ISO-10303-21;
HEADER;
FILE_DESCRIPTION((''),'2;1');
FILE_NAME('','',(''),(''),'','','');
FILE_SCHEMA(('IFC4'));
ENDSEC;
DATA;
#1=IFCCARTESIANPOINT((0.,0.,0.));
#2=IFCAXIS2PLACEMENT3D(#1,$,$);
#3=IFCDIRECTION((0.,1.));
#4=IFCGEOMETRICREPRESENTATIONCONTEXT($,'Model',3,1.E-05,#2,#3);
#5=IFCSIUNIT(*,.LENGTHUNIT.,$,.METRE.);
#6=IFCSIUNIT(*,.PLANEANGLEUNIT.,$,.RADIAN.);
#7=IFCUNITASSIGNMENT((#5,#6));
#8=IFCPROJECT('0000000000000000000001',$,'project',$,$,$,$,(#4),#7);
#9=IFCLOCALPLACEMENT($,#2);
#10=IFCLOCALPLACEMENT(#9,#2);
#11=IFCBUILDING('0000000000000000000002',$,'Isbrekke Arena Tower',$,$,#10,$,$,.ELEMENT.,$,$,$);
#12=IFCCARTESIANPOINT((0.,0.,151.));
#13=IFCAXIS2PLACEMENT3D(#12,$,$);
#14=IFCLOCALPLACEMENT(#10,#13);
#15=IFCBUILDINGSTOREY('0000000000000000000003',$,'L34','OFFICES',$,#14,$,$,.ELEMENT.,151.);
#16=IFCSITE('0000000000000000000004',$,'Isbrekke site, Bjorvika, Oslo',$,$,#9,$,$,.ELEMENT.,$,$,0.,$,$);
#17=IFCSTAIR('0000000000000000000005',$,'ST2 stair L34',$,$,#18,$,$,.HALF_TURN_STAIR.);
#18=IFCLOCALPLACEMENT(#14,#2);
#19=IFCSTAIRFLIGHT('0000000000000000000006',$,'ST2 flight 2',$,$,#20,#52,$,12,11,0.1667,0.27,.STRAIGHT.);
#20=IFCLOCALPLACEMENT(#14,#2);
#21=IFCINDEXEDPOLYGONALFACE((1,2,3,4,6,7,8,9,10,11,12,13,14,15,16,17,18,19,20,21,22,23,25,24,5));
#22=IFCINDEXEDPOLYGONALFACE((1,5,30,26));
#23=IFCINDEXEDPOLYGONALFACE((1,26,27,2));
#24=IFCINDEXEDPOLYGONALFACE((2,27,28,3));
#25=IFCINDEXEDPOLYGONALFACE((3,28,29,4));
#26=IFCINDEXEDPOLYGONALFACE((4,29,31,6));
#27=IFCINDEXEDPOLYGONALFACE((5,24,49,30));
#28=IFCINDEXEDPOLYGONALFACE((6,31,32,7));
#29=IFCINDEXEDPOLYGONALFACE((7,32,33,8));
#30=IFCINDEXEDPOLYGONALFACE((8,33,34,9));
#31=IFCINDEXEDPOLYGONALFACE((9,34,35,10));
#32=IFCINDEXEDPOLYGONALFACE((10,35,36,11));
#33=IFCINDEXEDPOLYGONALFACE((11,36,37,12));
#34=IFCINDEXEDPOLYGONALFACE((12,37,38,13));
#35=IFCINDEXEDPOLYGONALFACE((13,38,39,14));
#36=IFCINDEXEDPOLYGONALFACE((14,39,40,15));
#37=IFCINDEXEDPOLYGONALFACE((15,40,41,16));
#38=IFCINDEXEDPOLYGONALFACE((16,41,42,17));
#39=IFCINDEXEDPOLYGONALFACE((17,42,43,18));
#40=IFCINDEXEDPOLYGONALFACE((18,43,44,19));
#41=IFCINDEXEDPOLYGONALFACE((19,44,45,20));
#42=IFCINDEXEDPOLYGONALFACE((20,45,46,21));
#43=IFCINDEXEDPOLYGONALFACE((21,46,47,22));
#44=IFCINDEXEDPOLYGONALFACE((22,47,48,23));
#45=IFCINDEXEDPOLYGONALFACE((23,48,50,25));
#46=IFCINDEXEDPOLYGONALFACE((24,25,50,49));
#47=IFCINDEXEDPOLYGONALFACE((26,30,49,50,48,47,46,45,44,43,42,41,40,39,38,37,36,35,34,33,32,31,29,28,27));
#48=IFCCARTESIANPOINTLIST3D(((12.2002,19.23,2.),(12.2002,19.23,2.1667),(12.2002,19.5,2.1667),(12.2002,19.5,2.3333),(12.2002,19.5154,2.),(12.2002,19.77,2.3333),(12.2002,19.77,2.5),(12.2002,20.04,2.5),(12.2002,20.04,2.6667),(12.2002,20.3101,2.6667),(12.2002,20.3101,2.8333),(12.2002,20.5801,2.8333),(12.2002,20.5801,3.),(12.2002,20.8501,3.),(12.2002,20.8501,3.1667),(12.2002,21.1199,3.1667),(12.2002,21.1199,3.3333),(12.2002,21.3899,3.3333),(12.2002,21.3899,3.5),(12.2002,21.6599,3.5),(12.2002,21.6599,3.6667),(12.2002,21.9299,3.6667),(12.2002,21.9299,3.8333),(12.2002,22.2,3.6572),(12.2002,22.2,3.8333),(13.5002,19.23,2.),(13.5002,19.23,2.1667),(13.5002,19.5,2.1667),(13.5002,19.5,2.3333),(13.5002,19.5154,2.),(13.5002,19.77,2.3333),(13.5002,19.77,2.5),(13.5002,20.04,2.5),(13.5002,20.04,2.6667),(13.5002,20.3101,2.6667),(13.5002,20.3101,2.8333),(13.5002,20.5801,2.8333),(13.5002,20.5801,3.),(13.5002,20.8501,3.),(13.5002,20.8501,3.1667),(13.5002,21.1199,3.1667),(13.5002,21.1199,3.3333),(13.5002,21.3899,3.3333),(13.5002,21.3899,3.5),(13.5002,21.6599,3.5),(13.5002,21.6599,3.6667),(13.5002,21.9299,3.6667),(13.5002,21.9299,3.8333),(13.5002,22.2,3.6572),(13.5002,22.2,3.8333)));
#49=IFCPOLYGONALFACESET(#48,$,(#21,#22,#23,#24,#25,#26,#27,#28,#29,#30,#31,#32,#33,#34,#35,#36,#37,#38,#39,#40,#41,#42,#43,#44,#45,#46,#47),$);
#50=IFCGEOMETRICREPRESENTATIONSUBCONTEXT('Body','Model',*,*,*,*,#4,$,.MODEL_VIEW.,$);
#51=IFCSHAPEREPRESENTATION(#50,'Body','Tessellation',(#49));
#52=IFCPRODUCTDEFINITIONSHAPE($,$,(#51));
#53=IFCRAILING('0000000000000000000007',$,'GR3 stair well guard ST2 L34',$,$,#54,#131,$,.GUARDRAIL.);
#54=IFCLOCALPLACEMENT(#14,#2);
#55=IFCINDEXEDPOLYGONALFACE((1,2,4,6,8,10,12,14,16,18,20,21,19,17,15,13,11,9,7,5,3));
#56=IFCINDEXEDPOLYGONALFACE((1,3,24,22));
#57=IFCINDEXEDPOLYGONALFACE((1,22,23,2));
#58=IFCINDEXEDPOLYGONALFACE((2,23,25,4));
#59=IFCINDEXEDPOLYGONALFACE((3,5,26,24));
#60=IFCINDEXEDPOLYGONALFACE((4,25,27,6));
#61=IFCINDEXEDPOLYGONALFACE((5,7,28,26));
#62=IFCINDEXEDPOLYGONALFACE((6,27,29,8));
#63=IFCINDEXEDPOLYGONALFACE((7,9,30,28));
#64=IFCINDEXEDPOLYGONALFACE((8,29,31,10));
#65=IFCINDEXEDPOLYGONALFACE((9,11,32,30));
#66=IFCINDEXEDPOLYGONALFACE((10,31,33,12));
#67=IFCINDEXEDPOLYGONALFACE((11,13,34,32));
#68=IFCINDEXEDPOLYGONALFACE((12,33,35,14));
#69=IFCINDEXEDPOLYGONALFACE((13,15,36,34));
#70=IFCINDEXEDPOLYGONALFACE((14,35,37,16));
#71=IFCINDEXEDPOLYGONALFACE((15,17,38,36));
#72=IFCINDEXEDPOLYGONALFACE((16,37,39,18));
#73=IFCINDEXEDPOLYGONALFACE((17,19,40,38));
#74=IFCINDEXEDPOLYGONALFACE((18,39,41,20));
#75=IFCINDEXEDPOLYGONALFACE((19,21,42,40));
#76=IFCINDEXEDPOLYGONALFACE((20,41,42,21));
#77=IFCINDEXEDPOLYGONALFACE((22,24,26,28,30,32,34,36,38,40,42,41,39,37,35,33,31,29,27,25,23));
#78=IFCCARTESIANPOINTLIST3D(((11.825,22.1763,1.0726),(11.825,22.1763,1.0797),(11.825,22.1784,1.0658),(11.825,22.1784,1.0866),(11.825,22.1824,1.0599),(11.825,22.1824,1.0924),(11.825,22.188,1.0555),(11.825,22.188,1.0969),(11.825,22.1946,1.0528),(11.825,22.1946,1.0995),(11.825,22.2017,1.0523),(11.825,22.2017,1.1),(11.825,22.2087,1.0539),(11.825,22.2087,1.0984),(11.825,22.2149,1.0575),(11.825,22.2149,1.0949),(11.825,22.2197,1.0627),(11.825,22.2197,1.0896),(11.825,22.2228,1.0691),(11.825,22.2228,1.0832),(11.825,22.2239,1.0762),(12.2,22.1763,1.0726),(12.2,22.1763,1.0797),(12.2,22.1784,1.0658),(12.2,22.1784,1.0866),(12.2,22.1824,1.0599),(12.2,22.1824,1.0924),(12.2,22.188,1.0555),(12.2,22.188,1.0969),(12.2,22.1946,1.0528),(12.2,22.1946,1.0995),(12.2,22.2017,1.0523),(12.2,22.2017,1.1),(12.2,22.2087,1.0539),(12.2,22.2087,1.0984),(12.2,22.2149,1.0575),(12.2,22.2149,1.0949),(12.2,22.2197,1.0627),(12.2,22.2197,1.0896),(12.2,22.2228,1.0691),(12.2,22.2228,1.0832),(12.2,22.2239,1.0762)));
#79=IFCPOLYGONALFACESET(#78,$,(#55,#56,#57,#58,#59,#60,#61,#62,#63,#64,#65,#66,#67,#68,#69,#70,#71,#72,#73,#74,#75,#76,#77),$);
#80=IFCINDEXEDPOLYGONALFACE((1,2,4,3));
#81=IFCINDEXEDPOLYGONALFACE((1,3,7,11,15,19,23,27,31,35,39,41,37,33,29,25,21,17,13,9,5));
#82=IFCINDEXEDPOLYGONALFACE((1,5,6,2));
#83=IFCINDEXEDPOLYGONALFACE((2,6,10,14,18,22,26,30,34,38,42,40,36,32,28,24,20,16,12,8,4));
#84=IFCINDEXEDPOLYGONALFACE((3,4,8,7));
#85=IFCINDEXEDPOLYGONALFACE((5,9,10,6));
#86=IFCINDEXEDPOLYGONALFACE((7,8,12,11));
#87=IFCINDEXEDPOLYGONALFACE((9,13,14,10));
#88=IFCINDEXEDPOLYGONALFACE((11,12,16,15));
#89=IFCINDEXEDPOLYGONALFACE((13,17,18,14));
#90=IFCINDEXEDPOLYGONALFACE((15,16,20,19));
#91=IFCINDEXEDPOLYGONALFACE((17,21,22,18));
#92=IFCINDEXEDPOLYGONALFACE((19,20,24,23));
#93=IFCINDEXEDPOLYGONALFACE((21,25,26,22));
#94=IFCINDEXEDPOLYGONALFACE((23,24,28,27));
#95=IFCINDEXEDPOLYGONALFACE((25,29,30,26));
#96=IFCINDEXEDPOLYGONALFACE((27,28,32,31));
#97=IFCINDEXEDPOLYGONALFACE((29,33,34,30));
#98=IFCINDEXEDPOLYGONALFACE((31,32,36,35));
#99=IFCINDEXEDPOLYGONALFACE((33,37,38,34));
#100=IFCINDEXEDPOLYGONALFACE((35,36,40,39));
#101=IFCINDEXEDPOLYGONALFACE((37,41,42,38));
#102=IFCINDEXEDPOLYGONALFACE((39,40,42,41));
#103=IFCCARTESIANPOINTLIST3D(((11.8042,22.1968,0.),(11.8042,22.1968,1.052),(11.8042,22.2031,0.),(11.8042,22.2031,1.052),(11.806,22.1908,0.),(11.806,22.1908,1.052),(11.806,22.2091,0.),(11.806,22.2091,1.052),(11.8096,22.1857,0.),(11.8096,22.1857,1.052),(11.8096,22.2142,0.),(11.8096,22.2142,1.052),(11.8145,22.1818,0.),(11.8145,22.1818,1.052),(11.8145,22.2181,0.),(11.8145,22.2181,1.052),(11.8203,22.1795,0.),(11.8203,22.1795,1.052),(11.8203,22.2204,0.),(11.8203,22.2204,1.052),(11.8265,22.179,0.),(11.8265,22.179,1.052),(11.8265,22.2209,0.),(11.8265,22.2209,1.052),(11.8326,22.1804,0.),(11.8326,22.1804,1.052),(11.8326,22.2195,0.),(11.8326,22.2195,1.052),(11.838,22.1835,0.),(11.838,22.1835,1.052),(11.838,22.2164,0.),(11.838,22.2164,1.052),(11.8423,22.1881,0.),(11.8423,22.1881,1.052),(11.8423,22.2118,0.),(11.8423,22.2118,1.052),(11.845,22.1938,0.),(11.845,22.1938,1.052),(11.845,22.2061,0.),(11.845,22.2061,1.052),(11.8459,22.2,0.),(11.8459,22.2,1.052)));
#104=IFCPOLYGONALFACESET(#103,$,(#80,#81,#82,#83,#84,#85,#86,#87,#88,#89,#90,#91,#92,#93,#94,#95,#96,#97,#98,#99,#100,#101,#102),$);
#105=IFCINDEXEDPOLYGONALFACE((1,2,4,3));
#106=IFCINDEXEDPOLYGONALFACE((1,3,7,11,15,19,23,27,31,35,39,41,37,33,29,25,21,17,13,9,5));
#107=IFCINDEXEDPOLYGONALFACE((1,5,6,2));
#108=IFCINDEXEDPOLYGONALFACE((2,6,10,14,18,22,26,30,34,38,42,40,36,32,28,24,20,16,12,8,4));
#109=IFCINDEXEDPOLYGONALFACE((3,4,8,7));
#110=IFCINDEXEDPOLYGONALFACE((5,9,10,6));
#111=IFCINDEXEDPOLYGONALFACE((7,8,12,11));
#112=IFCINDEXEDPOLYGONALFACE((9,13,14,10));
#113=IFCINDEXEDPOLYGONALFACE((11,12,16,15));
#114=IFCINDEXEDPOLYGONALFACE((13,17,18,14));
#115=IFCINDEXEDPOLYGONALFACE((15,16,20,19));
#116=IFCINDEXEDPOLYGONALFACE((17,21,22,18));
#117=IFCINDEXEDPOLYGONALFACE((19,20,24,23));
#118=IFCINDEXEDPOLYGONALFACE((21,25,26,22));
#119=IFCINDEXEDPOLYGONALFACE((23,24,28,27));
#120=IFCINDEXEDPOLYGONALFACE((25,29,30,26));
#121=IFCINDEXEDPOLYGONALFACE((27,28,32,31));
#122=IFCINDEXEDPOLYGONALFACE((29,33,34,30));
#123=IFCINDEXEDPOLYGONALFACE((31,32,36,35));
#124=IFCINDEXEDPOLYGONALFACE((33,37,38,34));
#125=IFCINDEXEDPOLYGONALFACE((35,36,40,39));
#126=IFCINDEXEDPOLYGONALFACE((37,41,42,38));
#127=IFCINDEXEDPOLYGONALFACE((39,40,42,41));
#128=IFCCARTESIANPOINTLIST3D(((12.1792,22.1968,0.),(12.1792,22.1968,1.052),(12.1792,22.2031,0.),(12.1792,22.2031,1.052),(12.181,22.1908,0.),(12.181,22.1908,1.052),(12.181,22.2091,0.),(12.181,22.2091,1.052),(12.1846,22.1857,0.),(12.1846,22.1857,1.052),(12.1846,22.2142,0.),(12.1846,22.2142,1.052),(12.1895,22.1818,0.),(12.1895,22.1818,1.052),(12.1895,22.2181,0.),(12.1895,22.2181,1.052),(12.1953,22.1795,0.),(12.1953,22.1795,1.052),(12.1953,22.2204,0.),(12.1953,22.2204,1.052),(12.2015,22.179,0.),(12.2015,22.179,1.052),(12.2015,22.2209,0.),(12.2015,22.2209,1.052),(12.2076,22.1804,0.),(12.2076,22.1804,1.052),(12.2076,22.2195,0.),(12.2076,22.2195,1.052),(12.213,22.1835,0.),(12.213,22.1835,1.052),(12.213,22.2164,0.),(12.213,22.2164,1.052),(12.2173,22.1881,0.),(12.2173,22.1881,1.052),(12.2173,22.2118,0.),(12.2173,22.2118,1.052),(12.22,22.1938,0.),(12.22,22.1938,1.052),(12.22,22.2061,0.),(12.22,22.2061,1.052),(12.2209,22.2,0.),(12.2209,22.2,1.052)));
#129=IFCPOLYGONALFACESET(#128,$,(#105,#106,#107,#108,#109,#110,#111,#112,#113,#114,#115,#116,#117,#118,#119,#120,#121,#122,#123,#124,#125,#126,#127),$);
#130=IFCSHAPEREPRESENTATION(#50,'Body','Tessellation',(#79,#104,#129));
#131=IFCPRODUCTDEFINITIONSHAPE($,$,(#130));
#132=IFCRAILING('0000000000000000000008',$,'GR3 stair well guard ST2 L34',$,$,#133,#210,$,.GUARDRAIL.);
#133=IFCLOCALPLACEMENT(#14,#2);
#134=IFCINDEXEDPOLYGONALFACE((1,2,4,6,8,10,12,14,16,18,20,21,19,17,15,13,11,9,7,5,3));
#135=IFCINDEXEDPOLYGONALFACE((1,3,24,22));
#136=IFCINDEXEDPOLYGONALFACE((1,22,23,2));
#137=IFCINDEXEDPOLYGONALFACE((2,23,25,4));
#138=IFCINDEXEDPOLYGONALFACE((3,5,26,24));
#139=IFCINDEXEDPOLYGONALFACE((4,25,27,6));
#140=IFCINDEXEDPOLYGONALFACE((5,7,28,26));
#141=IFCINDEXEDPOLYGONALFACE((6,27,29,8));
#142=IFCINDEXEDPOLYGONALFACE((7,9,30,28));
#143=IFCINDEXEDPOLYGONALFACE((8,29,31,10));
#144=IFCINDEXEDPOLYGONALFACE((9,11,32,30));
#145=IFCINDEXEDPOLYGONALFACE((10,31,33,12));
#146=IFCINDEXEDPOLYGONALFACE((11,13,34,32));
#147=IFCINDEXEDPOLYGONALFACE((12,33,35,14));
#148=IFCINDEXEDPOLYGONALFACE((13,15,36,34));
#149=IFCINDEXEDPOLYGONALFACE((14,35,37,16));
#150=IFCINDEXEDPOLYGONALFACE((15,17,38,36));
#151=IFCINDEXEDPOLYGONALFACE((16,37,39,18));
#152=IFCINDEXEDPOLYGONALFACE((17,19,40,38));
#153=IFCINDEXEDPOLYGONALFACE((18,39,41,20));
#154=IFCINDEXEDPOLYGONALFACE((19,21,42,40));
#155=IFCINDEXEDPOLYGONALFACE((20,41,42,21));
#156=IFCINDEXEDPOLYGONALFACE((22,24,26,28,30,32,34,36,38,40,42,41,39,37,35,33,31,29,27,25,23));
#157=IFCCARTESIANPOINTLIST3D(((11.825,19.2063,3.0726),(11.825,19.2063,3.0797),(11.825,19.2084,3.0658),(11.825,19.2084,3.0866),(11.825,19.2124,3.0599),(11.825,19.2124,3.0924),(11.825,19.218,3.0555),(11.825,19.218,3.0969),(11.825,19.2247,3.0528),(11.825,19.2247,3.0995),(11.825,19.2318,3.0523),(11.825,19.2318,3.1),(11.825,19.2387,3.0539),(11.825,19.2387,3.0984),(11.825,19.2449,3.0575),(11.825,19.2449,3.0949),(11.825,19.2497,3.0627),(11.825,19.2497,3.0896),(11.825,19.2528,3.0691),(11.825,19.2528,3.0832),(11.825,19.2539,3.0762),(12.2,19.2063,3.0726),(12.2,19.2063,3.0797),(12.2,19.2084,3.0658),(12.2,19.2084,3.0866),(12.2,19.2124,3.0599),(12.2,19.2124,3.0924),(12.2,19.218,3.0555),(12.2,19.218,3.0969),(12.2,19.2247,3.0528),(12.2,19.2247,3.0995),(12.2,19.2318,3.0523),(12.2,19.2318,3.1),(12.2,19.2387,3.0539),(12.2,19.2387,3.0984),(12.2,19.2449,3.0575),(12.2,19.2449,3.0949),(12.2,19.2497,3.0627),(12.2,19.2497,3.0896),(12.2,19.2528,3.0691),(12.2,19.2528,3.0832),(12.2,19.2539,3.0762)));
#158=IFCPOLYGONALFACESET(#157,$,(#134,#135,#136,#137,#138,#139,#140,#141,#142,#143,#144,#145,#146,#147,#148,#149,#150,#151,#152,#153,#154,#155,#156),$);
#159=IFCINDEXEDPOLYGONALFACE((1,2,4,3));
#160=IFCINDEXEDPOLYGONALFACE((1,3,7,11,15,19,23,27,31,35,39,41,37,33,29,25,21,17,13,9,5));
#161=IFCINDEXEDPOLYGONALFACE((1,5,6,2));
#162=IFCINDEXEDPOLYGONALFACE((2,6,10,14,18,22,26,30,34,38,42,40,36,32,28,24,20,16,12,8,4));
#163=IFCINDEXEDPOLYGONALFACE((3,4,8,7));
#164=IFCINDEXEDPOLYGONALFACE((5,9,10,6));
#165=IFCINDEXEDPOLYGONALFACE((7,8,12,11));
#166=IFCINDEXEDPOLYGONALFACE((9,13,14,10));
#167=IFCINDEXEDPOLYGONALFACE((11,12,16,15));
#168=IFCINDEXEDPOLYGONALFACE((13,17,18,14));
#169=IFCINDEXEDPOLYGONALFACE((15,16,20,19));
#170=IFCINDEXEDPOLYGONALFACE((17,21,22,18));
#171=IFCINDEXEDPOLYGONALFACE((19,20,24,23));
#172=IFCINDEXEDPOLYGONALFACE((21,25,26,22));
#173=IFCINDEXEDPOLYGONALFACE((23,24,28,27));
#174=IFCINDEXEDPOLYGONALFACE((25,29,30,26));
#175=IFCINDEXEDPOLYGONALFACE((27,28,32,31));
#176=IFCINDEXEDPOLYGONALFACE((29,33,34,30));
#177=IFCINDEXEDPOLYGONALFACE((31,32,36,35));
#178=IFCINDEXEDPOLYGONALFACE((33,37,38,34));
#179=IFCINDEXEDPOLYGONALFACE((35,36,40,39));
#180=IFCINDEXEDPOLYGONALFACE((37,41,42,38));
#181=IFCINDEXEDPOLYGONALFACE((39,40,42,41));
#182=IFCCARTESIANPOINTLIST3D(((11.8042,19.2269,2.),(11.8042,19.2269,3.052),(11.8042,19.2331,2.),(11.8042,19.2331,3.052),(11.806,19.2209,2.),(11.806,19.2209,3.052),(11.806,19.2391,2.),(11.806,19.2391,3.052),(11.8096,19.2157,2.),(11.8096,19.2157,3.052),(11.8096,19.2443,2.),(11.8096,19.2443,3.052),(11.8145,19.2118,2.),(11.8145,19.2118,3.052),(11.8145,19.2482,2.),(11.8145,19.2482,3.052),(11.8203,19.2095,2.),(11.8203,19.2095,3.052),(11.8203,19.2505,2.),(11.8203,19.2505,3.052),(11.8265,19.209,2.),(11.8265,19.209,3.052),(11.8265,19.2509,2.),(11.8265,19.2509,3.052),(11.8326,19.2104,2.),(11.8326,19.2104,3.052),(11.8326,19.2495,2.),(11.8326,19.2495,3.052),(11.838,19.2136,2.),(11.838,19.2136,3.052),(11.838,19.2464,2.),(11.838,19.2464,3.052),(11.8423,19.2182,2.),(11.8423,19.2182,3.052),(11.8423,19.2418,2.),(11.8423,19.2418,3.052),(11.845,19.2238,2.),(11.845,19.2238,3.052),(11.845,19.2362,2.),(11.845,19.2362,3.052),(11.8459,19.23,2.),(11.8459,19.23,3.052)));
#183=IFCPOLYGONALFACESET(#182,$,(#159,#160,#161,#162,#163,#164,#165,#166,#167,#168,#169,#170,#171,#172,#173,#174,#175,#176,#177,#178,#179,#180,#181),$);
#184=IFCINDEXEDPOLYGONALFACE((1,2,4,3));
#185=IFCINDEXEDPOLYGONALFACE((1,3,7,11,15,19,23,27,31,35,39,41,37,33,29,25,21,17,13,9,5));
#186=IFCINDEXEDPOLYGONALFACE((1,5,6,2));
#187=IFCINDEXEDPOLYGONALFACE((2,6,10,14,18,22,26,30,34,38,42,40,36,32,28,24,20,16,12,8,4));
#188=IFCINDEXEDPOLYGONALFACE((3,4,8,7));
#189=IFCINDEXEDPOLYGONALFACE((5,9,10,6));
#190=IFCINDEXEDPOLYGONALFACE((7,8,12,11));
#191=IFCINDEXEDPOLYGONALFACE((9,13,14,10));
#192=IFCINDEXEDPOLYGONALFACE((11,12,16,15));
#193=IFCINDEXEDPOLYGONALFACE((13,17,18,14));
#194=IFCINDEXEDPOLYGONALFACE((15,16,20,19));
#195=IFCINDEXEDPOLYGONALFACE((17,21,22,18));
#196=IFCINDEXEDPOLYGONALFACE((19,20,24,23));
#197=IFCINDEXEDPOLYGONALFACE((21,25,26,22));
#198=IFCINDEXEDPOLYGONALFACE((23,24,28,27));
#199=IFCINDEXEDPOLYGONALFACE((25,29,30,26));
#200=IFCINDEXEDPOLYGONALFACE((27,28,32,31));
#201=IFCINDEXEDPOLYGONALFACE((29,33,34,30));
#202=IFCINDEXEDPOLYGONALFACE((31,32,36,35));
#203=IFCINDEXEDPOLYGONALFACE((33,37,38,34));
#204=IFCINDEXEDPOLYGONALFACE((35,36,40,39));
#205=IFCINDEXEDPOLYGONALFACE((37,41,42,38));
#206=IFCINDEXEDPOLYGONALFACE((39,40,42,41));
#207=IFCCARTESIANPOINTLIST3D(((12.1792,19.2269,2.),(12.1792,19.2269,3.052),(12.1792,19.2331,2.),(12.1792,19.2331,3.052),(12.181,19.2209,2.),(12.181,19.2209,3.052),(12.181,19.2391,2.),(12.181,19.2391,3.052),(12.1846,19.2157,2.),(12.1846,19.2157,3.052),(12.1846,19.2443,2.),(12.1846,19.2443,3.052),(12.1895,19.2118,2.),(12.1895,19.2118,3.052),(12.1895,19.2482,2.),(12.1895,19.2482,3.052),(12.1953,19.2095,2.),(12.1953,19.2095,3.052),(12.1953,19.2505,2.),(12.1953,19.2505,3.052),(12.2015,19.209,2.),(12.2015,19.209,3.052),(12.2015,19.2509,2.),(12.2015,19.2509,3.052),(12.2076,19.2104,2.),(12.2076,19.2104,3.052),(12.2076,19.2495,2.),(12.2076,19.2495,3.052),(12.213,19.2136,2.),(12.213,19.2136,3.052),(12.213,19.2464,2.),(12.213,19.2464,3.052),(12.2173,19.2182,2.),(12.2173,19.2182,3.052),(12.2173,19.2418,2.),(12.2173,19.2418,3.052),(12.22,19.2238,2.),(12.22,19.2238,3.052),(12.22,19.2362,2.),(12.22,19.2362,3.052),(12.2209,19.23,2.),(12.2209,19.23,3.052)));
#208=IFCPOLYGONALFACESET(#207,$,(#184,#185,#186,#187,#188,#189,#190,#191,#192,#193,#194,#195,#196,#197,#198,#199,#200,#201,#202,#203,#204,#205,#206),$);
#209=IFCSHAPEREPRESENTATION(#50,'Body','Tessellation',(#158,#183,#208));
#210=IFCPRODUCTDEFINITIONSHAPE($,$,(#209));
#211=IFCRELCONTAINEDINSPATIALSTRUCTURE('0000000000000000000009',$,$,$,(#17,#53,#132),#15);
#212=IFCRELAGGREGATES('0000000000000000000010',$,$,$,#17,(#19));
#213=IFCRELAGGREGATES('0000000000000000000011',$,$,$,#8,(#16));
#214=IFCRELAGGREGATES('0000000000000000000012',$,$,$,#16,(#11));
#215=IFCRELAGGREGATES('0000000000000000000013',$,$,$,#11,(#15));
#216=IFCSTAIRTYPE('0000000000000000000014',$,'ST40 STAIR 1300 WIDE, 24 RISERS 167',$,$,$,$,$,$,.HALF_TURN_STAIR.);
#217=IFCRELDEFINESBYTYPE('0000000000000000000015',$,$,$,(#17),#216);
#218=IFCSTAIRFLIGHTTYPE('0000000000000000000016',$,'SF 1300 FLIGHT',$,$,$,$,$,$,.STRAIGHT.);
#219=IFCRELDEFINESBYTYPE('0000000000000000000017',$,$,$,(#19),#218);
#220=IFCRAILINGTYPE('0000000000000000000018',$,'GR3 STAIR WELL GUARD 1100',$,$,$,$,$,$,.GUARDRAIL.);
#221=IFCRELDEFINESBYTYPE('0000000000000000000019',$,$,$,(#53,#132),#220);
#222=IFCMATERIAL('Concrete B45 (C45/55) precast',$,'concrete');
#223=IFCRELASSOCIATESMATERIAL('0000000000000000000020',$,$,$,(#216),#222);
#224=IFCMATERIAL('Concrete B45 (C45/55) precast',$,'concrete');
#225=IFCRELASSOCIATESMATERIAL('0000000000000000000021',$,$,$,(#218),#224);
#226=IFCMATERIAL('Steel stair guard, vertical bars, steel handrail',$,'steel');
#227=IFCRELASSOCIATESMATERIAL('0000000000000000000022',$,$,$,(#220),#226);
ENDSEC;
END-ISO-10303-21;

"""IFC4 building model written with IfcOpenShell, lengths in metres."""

from ifc_helpers import new_model, si_unit, direction, frame, origin, origin_2d, place, context, subcontext, project, spatial, polyline, circle, outline, extrude, material, type_object, element, aggregate, save


model = new_model("IFC4")

# Units and contexts
model_context = context("Model", 3, precision=1e-05, world=origin(), true_north=direction((0.0, 1.0)))
body_context = subcontext(model_context, "Body", "Model", "MODEL_VIEW")
ifc_project = project(units=[si_unit("LENGTHUNIT", "METRE"), si_unit("PLANEANGLEUNIT", "RADIAN")], contexts=[model_context])

# Site, building, storey
site_placement = place(None, origin())
site = spatial("IfcSite", under=ifc_project, at=site_placement, Name="Isbrekke site, Bjorvika, Oslo", CompositionType="ELEMENT", RefElevation=0.0)
building_placement = place(site_placement, origin())
building = spatial("IfcBuilding", under=site, at=building_placement, Name="Isbrekke Arena Tower", CompositionType="ELEMENT")
storey_placement = place(building_placement, frame((0.0, 0.0, 151.0)))
storey = spatial("IfcBuildingStorey", under=building, at=storey_placement, Name="L34", Description="OFFICES", CompositionType="ELEMENT", Elevation=151.0)

# Stair, stair flight
ifc_material_1 = material(Name="Concrete B45 (C45/55) precast", Category="concrete")
stair_type = type_object("IfcStairType", Name="ST40 STAIR 1300 WIDE, 24 RISERS 167", PredefinedType="HALF_TURN_STAIR", material=ifc_material_1)
stair_placement = place(storey_placement, origin())
stair = element("IfcStair", 1, at=stair_placement, inside=storey, type_object=stair_type, Name="ST2 stair L34", PredefinedType="HALF_TURN_STAIR")
ifc_material_2 = material(Name="Concrete B45 (C45/55) precast", Category="concrete")
stair_flight_type = type_object("IfcStairFlightType", Name="SF 1300 FLIGHT", PredefinedType="STRAIGHT", material=ifc_material_2)
stair_flight_1_placement = place(storey_placement, frame((12.8501, 19.23, 2.0), z_axis=(0.0, 0.0, 1.0), x_axis=(0.0, 1.0, 0.0)))
stair_flight_1 = element("IfcStairFlight", 2, at=stair_flight_1_placement, type_object=stair_flight_type, Name="ST2 flight 2", NumberOfRisers=12, NumberOfTreads=11, PredefinedType="STRAIGHT", RiserHeight=0.1667, TreadLength=0.27, context=body_context, shape_type="SweptSolid", body=[
    extrude(outline(polyline([(0.0, 0.0), (0.0, 0.1667), (0.27, 0.1667), (0.27, 0.3333), (0.54, 0.3333), (0.54, 0.5), (0.8101, 0.5), (0.8101, 0.6667), (1.0801, 0.6667), (1.0801, 0.8333), (1.3501, 0.8333), (1.3501, 1.0), (1.6201, 1.0), (1.6201, 1.1667), (1.8899, 1.1667), (1.8899, 1.3333), (2.1599, 1.3333), (2.1599, 1.5), (2.4299, 1.5), (2.4299, 1.6667), (2.7, 1.6667), (2.7, 1.8333), (2.97, 1.8333), (2.97, 2.0), (2.97, 1.6572), (0.2854, 0.0), (0.0, 0.0)])), frame((0.0, 0.6499, 0.0), z_axis=(0.0, -1.0, 0.0), x_axis=(1.0, 0.0, 0.0)), (0.0, 0.0, 1.0), 1.3),
])
aggregate(stair, [stair_flight_1])

# Railings
ifc_material_3 = material(Name="Steel stair guard, vertical bars, steel handrail", Category="steel")
railing_type = type_object("IfcRailingType", Name="GR3 STAIR WELL GUARD 1100", PredefinedType="GUARDRAIL", material=ifc_material_3)
for number, where, name in (
    (3, (11.825, 22.2, 0.0), "GR3 stair well guard ST2 L34"),
    (4, (11.825, 19.23, 2.0), "GR3 stair well guard ST2 L34"),
):
    element("IfcRailing", number, at=place(storey_placement, frame(where)), inside=storey, type_object=railing_type, Name=name, PredefinedType="GUARDRAIL", context=body_context, shape_type="SweptSolid", body=[
        extrude(circle(Radius=0.0239, at=origin_2d()), frame((0.0, 0.0, 1.0762), z_axis=(1.0, 0.0, 0.0), x_axis=(0.0, 1.0, 0.0)), (0.0, 0.0, 1.0), 0.375),
        extrude(circle(Radius=0.021, at=origin_2d()), origin(), (0.0, 0.0, 1.0), 1.052),
        extrude(circle(Radius=0.021, at=origin_2d()), frame((0.375, 0.0, 0.0)), (0.0, 0.0, 1.0), 1.052),
    ])

save(model, "model.ifc")
